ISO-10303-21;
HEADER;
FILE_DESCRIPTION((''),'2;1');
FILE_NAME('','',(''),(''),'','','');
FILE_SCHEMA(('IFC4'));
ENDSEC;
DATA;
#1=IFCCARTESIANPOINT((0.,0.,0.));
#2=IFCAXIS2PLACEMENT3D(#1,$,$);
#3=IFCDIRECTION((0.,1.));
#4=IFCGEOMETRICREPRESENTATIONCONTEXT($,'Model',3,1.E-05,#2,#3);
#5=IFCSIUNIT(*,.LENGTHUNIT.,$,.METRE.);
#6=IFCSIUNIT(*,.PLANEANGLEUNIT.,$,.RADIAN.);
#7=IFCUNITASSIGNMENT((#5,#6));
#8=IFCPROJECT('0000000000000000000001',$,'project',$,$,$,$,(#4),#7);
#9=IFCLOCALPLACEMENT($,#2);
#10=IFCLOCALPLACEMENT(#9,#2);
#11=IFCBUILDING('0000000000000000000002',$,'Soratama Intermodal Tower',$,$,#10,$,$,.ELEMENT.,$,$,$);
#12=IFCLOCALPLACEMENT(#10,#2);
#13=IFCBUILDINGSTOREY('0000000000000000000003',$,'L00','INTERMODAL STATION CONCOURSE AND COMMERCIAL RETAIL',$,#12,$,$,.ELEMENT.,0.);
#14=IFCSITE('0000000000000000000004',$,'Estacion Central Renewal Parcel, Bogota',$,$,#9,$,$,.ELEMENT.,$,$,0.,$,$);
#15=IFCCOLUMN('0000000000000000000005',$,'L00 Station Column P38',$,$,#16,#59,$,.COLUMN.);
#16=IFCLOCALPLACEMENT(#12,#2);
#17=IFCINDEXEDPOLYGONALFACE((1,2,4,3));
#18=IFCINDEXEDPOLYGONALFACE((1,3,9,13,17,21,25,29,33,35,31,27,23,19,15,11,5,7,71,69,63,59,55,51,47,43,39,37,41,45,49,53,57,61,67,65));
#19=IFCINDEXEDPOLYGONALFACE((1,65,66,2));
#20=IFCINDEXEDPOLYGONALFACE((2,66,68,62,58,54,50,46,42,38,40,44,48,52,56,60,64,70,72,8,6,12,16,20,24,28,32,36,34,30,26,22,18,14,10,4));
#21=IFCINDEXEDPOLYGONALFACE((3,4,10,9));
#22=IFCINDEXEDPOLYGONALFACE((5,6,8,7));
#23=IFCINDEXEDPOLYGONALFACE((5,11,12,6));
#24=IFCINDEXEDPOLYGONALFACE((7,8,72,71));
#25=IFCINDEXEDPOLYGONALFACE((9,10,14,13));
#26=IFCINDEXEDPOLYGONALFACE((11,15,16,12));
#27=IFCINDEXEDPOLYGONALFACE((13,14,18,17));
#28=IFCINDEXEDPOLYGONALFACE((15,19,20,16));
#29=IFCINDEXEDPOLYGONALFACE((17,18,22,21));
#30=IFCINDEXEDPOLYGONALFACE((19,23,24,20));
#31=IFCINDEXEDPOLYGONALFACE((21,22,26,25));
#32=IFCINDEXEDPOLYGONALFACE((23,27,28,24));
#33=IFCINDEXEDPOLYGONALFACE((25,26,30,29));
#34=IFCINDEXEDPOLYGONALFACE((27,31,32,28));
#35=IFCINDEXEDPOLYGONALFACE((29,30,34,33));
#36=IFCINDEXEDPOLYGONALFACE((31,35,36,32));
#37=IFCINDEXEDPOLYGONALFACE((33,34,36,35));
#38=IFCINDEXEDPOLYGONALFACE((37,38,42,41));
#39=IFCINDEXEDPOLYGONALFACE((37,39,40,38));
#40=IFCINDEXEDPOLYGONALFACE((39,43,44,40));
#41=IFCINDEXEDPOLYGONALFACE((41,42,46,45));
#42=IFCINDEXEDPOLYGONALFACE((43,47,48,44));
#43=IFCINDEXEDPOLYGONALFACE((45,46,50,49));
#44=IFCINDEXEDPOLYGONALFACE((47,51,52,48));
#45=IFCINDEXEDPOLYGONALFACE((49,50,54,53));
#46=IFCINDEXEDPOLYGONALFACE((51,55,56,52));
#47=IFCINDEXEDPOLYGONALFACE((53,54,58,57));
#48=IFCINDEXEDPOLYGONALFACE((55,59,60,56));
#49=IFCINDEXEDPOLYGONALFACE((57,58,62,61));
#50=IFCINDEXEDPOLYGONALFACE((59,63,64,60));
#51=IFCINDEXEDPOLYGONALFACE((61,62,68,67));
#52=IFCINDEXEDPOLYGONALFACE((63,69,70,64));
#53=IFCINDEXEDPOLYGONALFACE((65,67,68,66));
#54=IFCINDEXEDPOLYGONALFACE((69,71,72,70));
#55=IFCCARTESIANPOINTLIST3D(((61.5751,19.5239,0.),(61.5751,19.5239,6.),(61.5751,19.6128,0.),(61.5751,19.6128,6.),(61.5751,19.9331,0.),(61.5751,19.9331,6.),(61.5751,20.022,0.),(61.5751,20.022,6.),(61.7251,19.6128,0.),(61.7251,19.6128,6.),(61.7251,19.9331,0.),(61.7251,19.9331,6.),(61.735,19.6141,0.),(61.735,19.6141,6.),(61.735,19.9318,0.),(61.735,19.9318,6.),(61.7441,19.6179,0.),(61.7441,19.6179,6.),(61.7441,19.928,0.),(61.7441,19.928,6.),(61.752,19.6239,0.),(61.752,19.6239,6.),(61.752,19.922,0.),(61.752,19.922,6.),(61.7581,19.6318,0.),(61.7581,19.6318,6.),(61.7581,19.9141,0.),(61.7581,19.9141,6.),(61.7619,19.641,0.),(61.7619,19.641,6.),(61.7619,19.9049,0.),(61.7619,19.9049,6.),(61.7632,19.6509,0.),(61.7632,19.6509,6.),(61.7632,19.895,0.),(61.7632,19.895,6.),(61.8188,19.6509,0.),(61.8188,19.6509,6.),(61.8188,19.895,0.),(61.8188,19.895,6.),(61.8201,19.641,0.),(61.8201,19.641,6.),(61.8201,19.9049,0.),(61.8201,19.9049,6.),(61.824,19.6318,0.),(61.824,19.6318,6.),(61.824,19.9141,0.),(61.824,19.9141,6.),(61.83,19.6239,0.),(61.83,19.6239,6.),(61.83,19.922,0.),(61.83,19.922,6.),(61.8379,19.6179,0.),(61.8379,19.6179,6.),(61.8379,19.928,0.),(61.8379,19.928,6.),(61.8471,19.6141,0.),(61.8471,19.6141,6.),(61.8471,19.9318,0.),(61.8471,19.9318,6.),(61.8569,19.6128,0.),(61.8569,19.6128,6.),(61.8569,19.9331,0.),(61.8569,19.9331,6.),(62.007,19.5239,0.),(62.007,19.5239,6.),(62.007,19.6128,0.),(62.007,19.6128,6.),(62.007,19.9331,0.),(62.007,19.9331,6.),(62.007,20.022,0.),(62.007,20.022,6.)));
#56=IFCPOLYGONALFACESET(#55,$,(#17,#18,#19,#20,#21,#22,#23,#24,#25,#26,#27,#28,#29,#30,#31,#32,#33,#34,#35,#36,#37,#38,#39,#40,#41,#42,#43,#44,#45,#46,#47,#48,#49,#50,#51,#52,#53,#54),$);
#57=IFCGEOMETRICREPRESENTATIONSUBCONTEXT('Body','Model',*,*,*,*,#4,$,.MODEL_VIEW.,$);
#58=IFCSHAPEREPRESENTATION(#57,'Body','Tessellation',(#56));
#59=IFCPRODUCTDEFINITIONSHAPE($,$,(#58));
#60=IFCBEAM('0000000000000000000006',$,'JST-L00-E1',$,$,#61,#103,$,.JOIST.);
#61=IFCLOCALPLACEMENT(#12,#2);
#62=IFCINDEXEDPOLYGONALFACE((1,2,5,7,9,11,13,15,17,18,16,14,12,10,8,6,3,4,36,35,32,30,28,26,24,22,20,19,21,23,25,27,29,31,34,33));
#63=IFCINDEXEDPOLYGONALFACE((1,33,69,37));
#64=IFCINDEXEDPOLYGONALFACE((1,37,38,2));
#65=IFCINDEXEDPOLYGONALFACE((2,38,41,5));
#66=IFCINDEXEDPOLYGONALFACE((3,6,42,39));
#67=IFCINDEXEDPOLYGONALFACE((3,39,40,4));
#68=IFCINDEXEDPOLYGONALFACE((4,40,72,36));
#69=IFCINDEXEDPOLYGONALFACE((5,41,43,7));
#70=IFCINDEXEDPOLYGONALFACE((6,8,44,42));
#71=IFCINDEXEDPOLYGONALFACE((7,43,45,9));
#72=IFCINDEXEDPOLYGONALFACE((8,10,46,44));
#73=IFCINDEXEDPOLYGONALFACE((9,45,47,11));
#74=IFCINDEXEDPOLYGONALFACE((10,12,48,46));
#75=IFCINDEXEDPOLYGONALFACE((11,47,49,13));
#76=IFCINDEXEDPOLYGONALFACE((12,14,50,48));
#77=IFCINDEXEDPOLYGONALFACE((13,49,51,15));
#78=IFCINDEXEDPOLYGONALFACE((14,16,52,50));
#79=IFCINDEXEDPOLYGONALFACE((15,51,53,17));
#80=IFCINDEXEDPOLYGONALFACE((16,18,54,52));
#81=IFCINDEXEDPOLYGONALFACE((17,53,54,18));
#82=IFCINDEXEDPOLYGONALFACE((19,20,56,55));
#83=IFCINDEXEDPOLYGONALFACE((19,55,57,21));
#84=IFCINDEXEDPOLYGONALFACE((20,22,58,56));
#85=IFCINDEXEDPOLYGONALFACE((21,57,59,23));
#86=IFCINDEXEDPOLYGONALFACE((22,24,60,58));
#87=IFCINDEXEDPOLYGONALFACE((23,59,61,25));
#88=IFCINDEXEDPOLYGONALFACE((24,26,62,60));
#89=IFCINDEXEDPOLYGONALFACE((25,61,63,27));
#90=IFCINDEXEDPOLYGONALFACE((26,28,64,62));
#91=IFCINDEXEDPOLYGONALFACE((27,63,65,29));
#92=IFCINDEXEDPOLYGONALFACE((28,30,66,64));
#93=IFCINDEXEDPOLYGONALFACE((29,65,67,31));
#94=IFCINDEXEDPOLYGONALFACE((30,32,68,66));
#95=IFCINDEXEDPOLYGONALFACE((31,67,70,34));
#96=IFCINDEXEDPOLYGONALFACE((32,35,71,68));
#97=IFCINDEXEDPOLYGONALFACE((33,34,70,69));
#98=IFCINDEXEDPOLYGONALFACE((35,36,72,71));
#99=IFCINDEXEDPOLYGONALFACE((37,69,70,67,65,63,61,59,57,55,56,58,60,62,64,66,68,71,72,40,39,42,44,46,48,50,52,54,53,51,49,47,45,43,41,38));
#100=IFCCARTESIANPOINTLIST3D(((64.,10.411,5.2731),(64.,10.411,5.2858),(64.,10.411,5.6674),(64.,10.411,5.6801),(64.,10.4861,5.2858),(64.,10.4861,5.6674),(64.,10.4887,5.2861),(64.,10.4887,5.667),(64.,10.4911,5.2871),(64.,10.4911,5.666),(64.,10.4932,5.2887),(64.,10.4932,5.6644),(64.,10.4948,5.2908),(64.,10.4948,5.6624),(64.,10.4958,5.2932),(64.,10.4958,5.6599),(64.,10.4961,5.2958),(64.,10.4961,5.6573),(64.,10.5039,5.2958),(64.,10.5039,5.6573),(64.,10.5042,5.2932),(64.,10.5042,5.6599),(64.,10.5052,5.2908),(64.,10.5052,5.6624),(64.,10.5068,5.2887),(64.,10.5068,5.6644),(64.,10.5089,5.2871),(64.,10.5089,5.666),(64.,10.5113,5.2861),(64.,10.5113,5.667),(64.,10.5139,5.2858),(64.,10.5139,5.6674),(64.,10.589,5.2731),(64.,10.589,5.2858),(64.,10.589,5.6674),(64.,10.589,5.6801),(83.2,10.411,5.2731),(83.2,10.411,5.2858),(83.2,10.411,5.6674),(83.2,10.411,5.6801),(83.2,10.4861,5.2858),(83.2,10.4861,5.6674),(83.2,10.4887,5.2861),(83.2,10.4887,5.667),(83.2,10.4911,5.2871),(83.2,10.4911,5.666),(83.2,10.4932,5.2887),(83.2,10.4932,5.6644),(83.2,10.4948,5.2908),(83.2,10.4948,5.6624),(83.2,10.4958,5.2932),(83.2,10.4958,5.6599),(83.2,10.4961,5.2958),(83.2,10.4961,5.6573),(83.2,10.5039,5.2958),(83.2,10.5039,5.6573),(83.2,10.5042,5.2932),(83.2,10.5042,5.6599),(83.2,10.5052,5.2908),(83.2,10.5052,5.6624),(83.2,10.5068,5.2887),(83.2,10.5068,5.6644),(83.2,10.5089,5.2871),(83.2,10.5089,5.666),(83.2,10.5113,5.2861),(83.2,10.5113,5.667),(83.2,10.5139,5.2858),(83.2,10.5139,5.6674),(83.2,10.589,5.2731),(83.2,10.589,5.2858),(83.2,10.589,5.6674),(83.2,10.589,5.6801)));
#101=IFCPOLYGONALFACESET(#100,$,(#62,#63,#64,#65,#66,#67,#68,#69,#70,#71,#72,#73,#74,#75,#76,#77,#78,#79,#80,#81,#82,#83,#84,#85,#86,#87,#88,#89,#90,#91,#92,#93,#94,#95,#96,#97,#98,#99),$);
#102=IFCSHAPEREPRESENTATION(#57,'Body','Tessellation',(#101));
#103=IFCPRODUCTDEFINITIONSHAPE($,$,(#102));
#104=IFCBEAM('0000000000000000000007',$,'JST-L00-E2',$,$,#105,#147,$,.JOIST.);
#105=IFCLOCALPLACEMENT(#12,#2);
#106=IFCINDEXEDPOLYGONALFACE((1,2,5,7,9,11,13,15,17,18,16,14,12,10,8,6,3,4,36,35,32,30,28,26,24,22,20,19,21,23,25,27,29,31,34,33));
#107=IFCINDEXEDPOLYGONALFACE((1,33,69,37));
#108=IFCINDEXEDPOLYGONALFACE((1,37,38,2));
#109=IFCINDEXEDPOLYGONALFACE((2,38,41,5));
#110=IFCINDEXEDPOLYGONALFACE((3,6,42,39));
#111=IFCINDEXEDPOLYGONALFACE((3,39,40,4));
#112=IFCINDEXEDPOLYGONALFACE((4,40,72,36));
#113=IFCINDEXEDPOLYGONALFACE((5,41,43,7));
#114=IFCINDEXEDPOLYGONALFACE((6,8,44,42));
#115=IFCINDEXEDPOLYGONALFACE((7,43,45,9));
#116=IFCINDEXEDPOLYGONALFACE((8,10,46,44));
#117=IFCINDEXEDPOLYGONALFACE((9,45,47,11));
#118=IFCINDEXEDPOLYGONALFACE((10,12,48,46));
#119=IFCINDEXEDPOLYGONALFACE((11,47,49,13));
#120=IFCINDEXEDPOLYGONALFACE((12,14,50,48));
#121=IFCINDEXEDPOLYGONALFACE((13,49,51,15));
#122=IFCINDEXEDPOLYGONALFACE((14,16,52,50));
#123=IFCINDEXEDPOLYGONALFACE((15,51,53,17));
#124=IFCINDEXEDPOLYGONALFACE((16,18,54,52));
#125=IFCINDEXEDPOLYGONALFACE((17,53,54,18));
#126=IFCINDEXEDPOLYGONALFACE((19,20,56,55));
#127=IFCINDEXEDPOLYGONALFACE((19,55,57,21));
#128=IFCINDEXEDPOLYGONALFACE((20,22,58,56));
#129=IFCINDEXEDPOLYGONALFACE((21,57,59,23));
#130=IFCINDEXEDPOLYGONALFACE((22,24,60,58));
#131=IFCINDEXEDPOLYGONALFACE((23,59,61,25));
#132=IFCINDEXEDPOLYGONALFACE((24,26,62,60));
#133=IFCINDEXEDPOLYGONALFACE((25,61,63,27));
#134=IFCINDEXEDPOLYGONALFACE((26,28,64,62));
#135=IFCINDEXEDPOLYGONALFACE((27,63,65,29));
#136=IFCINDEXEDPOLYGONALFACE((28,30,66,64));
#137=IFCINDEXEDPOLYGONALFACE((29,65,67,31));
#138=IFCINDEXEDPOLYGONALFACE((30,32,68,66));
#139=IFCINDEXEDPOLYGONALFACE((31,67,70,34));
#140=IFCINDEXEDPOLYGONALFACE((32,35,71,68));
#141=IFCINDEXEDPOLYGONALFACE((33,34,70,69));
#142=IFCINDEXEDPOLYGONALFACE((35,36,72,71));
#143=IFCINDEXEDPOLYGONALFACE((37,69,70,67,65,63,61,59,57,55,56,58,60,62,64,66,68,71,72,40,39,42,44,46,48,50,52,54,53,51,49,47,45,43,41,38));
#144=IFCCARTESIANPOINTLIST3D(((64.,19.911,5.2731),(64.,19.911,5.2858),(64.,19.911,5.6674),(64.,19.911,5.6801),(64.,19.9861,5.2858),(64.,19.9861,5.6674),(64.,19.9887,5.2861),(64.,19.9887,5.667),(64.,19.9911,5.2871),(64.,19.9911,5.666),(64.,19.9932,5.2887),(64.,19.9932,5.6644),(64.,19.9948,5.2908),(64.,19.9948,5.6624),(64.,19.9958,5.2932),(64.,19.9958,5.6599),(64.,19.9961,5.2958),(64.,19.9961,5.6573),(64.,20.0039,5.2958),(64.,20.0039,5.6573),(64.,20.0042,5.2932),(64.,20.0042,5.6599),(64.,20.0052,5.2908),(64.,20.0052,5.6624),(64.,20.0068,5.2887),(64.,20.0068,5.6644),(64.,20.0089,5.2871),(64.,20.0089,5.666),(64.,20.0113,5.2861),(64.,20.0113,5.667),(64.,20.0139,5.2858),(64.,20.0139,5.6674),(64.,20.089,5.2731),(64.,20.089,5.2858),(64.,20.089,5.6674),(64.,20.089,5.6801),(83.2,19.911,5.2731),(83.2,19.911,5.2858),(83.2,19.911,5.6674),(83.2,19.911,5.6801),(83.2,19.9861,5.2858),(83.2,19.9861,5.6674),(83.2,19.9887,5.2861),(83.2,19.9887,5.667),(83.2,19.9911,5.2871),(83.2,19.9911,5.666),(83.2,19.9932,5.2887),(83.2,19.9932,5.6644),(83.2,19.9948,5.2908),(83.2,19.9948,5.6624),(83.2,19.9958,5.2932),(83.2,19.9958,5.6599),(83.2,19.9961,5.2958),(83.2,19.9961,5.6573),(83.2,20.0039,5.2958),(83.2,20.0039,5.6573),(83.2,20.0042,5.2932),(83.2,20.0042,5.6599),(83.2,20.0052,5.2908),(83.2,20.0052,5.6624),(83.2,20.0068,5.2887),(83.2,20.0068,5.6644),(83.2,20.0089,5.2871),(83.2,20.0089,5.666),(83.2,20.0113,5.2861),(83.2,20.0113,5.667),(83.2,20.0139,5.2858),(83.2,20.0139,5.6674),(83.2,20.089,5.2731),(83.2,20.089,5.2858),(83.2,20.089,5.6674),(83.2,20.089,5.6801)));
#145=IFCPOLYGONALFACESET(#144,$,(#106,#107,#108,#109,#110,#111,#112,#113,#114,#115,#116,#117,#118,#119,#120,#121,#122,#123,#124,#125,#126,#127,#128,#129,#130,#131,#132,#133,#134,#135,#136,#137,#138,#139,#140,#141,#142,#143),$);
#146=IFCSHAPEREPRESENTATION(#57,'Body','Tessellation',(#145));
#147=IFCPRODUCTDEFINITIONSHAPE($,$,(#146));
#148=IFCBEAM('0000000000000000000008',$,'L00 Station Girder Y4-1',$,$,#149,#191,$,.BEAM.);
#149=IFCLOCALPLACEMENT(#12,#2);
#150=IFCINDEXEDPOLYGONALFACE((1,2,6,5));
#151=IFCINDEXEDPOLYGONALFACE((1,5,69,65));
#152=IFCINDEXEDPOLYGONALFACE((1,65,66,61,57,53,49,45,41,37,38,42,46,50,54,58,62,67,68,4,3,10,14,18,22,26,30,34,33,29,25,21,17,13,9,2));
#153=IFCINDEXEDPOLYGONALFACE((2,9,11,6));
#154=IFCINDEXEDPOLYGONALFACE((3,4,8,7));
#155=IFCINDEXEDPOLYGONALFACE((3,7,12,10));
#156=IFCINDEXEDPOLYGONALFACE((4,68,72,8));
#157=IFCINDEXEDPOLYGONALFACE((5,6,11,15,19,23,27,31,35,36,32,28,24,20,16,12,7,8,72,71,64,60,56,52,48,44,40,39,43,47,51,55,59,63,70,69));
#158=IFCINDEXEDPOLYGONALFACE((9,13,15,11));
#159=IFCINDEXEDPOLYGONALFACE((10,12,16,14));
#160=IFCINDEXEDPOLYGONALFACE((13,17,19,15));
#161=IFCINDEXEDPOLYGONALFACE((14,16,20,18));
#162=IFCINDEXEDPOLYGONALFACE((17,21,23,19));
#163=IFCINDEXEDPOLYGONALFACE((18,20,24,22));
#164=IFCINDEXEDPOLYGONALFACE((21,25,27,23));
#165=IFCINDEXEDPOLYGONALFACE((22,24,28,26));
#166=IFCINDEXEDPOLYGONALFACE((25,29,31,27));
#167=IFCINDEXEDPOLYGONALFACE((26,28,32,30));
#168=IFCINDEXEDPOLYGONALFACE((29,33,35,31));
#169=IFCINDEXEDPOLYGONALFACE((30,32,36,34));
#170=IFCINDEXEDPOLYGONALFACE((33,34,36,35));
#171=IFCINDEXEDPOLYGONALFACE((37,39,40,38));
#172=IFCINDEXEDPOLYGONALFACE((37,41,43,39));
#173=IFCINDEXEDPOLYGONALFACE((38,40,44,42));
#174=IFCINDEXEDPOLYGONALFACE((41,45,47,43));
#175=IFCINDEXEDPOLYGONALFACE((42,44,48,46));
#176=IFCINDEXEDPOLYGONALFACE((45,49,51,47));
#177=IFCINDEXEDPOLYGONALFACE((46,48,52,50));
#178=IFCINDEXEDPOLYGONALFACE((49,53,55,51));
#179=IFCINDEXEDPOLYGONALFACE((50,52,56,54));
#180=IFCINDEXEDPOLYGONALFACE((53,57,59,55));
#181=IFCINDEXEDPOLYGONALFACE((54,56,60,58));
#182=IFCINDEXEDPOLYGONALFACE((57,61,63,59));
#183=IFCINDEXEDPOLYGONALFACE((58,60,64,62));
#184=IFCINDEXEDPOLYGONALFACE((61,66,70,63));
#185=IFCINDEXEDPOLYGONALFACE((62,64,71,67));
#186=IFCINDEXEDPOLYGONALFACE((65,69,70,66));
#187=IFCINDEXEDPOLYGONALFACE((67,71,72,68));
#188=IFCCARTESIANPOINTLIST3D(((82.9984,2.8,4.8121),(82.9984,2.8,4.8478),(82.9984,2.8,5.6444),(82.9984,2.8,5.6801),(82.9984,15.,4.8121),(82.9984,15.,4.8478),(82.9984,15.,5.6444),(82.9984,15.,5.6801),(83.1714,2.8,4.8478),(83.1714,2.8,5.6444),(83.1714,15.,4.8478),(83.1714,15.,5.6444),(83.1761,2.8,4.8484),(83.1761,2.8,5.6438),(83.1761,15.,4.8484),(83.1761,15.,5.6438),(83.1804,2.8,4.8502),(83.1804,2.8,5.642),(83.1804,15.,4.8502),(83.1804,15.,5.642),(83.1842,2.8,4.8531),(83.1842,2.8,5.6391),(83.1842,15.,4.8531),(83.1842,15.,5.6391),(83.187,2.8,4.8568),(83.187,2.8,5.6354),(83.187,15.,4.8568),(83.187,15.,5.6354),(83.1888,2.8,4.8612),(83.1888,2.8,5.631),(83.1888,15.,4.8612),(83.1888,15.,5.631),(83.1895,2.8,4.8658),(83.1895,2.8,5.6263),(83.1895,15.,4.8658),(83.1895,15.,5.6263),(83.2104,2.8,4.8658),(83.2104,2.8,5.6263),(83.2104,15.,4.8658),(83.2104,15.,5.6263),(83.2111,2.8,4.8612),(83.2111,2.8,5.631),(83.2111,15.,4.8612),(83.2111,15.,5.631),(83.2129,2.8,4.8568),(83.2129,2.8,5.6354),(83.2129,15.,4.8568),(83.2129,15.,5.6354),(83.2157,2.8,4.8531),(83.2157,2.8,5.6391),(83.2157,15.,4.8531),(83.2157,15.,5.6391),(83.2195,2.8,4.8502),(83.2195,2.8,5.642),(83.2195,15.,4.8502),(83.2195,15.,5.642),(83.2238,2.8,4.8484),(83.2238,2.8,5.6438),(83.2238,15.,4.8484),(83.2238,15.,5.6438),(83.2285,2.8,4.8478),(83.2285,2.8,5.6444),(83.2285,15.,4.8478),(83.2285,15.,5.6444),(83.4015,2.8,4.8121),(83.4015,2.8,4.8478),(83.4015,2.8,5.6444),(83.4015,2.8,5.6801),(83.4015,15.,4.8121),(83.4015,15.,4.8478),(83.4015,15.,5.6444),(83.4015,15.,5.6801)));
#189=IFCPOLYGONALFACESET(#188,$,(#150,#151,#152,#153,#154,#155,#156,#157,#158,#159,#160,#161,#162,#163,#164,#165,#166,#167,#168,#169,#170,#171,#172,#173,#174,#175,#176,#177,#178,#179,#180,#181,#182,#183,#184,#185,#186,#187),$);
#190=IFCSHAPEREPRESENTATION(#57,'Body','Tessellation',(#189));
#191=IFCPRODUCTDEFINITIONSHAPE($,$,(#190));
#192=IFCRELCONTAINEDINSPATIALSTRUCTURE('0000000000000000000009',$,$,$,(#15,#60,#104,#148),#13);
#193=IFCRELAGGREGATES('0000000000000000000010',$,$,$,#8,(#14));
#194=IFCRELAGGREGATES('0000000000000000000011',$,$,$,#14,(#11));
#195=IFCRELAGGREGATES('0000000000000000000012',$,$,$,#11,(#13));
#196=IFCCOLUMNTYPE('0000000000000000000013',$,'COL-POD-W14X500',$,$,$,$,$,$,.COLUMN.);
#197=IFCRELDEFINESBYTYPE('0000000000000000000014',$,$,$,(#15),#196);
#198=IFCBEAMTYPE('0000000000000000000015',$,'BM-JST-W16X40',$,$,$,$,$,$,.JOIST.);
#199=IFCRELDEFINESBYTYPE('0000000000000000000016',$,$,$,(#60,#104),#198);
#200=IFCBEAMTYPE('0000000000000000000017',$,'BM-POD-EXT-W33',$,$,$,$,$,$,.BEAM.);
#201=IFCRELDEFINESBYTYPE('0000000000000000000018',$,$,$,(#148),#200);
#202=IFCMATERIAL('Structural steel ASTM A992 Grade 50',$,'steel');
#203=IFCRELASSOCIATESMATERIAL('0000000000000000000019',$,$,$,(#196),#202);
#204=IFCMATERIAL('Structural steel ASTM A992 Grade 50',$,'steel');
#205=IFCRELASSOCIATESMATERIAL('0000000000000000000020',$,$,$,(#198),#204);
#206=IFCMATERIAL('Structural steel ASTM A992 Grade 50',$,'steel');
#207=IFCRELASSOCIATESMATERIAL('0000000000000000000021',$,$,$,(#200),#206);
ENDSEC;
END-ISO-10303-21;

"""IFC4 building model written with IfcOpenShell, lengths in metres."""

from ifc_helpers import new_model, si_unit, direction, frame, origin, origin_2d, place, context, subcontext, project, spatial, i_section, extrude, material, material_profile, profile_set, type_object, element, save


model = new_model("IFC4")

# Units and contexts
model_context = context("Model", 3, precision=1e-05, world=origin(), true_north=direction((0.0, 1.0)))
body_context = subcontext(model_context, "Body", "Model", "MODEL_VIEW")
ifc_project = project(units=[si_unit("LENGTHUNIT", "METRE"), si_unit("PLANEANGLEUNIT", "RADIAN")], contexts=[model_context])

# Site, building, storey
site_placement = place(None, origin())
site = spatial("IfcSite", under=ifc_project, at=site_placement, Name="Estacion Central Renewal Parcel, Bogota", CompositionType="ELEMENT", RefElevation=0.0)
building_placement = place(site_placement, origin())
building = spatial("IfcBuilding", under=site, at=building_placement, Name="Soratama Intermodal Tower", CompositionType="ELEMENT")
storey_placement = place(building_placement, origin())
storey = spatial("IfcBuildingStorey", under=building, at=storey_placement, Name="L00", Description="INTERMODAL STATION CONCOURSE AND COMMERCIAL RETAIL", CompositionType="ELEMENT", Elevation=0.0)

# Column
ifc_material_1 = material(Name="Structural steel ASTM A992 Grade 50", Category="steel")
ifc_material_profile_1 = material_profile(ifc_material_1, i_section(OverallWidth=0.4319, OverallDepth=0.498, WebThickness=0.0557, FlangeThickness=0.0889, FilletRadius=0.0381, at=origin_2d()), Name="W14X500")
ifc_profile_set_1 = profile_set([ifc_material_profile_1], Name="Structural steel ASTM A992 Grade 50")
column_type_1 = type_object("IfcColumnType", Name="COL-POD-W14X500", PredefinedType="COLUMN", material=ifc_profile_set_1)
for number, where, z_axis, x_axis, name in (
    (1, (61.791, 19.7729, 0.0), (0.0, 0.0, 1.0), (1.0, 0.0, 0.0), "L00 Station Column P38"),
):
    element("IfcColumn", number, at=place(storey_placement, frame(where, z_axis=z_axis, x_axis=x_axis)), inside=storey, type_object=column_type_1, Name=name, PredefinedType="COLUMN", context=body_context, shape_type="SweptSolid", body=[
        extrude(i_section(OverallWidth=0.4319, OverallDepth=0.498, WebThickness=0.0557, FlangeThickness=0.0889, FilletRadius=0.0381, at=origin_2d()), origin(), (0.0, 0.0, 1.0), 6.0),
    ])

# Beams
ifc_material_2 = material(Name="Structural steel ASTM A992 Grade 50", Category="steel")
ifc_material_profile_2 = material_profile(ifc_material_2, i_section(OverallWidth=0.178, OverallDepth=0.407, WebThickness=0.0078, FlangeThickness=0.0127, FilletRadius=0.01, at=origin_2d()), Name="W16X40")
ifc_profile_set_2 = profile_set([ifc_material_profile_2], Name="Structural steel ASTM A992 Grade 50")
beam_type_1 = type_object("IfcBeamType", Name="BM-JST-W16X40", PredefinedType="JOIST", material=ifc_profile_set_2)
for number, where, z_axis, x_axis, name in (
    (2, (64.0, 10.5, 5.4766), (1.0, 0.0, 0.0), (0.0, 1.0, 0.0), "JST-L00-E1"),
    (3, (64.0, 20.0, 5.4766), (1.0, 0.0, 0.0), (0.0, 1.0, 0.0), "JST-L00-E2"),
):
    element("IfcBeam", number, at=place(storey_placement, frame(where, z_axis=z_axis, x_axis=x_axis)), inside=storey, type_object=beam_type_1, Name=name, PredefinedType="JOIST", context=body_context, shape_type="SweptSolid", body=[
        extrude(i_section(OverallWidth=0.178, OverallDepth=0.407, WebThickness=0.0078, FlangeThickness=0.0127, FilletRadius=0.01, at=origin_2d()), origin(), (0.0, 0.0, 1.0), 19.2),
    ])
ifc_material_3 = material(Name="Structural steel ASTM A992 Grade 50", Category="steel")
ifc_material_profile_3 = material_profile(ifc_material_3, i_section(OverallWidth=0.4031, OverallDepth=0.8679, WebThickness=0.021, FlangeThickness=0.0356, FilletRadius=0.0181, at=origin_2d()), Name="W33X241")
ifc_profile_set_3 = profile_set([ifc_material_profile_3], Name="Structural steel ASTM A992 Grade 50")
beam_type_2 = type_object("IfcBeamType", Name="BM-POD-EXT-W33", PredefinedType="BEAM", material=ifc_profile_set_3)
beam_1_placement = place(storey_placement, frame((83.2, 2.8, 5.2461), z_axis=(0.0, 1.0, 0.0), x_axis=(-1.0, 0.0, 0.0)))
element("IfcBeam", 4, at=beam_1_placement, inside=storey, type_object=beam_type_2, Name="L00 Station Girder Y4-1", PredefinedType="BEAM", context=body_context, shape_type="SweptSolid", body=[
    extrude(i_section(OverallWidth=0.4031, OverallDepth=0.8679, WebThickness=0.021, FlangeThickness=0.0356, FilletRadius=0.0181, at=origin_2d()), origin(), (0.0, 0.0, 1.0), 12.2),
])

save(model, "model.ifc")
